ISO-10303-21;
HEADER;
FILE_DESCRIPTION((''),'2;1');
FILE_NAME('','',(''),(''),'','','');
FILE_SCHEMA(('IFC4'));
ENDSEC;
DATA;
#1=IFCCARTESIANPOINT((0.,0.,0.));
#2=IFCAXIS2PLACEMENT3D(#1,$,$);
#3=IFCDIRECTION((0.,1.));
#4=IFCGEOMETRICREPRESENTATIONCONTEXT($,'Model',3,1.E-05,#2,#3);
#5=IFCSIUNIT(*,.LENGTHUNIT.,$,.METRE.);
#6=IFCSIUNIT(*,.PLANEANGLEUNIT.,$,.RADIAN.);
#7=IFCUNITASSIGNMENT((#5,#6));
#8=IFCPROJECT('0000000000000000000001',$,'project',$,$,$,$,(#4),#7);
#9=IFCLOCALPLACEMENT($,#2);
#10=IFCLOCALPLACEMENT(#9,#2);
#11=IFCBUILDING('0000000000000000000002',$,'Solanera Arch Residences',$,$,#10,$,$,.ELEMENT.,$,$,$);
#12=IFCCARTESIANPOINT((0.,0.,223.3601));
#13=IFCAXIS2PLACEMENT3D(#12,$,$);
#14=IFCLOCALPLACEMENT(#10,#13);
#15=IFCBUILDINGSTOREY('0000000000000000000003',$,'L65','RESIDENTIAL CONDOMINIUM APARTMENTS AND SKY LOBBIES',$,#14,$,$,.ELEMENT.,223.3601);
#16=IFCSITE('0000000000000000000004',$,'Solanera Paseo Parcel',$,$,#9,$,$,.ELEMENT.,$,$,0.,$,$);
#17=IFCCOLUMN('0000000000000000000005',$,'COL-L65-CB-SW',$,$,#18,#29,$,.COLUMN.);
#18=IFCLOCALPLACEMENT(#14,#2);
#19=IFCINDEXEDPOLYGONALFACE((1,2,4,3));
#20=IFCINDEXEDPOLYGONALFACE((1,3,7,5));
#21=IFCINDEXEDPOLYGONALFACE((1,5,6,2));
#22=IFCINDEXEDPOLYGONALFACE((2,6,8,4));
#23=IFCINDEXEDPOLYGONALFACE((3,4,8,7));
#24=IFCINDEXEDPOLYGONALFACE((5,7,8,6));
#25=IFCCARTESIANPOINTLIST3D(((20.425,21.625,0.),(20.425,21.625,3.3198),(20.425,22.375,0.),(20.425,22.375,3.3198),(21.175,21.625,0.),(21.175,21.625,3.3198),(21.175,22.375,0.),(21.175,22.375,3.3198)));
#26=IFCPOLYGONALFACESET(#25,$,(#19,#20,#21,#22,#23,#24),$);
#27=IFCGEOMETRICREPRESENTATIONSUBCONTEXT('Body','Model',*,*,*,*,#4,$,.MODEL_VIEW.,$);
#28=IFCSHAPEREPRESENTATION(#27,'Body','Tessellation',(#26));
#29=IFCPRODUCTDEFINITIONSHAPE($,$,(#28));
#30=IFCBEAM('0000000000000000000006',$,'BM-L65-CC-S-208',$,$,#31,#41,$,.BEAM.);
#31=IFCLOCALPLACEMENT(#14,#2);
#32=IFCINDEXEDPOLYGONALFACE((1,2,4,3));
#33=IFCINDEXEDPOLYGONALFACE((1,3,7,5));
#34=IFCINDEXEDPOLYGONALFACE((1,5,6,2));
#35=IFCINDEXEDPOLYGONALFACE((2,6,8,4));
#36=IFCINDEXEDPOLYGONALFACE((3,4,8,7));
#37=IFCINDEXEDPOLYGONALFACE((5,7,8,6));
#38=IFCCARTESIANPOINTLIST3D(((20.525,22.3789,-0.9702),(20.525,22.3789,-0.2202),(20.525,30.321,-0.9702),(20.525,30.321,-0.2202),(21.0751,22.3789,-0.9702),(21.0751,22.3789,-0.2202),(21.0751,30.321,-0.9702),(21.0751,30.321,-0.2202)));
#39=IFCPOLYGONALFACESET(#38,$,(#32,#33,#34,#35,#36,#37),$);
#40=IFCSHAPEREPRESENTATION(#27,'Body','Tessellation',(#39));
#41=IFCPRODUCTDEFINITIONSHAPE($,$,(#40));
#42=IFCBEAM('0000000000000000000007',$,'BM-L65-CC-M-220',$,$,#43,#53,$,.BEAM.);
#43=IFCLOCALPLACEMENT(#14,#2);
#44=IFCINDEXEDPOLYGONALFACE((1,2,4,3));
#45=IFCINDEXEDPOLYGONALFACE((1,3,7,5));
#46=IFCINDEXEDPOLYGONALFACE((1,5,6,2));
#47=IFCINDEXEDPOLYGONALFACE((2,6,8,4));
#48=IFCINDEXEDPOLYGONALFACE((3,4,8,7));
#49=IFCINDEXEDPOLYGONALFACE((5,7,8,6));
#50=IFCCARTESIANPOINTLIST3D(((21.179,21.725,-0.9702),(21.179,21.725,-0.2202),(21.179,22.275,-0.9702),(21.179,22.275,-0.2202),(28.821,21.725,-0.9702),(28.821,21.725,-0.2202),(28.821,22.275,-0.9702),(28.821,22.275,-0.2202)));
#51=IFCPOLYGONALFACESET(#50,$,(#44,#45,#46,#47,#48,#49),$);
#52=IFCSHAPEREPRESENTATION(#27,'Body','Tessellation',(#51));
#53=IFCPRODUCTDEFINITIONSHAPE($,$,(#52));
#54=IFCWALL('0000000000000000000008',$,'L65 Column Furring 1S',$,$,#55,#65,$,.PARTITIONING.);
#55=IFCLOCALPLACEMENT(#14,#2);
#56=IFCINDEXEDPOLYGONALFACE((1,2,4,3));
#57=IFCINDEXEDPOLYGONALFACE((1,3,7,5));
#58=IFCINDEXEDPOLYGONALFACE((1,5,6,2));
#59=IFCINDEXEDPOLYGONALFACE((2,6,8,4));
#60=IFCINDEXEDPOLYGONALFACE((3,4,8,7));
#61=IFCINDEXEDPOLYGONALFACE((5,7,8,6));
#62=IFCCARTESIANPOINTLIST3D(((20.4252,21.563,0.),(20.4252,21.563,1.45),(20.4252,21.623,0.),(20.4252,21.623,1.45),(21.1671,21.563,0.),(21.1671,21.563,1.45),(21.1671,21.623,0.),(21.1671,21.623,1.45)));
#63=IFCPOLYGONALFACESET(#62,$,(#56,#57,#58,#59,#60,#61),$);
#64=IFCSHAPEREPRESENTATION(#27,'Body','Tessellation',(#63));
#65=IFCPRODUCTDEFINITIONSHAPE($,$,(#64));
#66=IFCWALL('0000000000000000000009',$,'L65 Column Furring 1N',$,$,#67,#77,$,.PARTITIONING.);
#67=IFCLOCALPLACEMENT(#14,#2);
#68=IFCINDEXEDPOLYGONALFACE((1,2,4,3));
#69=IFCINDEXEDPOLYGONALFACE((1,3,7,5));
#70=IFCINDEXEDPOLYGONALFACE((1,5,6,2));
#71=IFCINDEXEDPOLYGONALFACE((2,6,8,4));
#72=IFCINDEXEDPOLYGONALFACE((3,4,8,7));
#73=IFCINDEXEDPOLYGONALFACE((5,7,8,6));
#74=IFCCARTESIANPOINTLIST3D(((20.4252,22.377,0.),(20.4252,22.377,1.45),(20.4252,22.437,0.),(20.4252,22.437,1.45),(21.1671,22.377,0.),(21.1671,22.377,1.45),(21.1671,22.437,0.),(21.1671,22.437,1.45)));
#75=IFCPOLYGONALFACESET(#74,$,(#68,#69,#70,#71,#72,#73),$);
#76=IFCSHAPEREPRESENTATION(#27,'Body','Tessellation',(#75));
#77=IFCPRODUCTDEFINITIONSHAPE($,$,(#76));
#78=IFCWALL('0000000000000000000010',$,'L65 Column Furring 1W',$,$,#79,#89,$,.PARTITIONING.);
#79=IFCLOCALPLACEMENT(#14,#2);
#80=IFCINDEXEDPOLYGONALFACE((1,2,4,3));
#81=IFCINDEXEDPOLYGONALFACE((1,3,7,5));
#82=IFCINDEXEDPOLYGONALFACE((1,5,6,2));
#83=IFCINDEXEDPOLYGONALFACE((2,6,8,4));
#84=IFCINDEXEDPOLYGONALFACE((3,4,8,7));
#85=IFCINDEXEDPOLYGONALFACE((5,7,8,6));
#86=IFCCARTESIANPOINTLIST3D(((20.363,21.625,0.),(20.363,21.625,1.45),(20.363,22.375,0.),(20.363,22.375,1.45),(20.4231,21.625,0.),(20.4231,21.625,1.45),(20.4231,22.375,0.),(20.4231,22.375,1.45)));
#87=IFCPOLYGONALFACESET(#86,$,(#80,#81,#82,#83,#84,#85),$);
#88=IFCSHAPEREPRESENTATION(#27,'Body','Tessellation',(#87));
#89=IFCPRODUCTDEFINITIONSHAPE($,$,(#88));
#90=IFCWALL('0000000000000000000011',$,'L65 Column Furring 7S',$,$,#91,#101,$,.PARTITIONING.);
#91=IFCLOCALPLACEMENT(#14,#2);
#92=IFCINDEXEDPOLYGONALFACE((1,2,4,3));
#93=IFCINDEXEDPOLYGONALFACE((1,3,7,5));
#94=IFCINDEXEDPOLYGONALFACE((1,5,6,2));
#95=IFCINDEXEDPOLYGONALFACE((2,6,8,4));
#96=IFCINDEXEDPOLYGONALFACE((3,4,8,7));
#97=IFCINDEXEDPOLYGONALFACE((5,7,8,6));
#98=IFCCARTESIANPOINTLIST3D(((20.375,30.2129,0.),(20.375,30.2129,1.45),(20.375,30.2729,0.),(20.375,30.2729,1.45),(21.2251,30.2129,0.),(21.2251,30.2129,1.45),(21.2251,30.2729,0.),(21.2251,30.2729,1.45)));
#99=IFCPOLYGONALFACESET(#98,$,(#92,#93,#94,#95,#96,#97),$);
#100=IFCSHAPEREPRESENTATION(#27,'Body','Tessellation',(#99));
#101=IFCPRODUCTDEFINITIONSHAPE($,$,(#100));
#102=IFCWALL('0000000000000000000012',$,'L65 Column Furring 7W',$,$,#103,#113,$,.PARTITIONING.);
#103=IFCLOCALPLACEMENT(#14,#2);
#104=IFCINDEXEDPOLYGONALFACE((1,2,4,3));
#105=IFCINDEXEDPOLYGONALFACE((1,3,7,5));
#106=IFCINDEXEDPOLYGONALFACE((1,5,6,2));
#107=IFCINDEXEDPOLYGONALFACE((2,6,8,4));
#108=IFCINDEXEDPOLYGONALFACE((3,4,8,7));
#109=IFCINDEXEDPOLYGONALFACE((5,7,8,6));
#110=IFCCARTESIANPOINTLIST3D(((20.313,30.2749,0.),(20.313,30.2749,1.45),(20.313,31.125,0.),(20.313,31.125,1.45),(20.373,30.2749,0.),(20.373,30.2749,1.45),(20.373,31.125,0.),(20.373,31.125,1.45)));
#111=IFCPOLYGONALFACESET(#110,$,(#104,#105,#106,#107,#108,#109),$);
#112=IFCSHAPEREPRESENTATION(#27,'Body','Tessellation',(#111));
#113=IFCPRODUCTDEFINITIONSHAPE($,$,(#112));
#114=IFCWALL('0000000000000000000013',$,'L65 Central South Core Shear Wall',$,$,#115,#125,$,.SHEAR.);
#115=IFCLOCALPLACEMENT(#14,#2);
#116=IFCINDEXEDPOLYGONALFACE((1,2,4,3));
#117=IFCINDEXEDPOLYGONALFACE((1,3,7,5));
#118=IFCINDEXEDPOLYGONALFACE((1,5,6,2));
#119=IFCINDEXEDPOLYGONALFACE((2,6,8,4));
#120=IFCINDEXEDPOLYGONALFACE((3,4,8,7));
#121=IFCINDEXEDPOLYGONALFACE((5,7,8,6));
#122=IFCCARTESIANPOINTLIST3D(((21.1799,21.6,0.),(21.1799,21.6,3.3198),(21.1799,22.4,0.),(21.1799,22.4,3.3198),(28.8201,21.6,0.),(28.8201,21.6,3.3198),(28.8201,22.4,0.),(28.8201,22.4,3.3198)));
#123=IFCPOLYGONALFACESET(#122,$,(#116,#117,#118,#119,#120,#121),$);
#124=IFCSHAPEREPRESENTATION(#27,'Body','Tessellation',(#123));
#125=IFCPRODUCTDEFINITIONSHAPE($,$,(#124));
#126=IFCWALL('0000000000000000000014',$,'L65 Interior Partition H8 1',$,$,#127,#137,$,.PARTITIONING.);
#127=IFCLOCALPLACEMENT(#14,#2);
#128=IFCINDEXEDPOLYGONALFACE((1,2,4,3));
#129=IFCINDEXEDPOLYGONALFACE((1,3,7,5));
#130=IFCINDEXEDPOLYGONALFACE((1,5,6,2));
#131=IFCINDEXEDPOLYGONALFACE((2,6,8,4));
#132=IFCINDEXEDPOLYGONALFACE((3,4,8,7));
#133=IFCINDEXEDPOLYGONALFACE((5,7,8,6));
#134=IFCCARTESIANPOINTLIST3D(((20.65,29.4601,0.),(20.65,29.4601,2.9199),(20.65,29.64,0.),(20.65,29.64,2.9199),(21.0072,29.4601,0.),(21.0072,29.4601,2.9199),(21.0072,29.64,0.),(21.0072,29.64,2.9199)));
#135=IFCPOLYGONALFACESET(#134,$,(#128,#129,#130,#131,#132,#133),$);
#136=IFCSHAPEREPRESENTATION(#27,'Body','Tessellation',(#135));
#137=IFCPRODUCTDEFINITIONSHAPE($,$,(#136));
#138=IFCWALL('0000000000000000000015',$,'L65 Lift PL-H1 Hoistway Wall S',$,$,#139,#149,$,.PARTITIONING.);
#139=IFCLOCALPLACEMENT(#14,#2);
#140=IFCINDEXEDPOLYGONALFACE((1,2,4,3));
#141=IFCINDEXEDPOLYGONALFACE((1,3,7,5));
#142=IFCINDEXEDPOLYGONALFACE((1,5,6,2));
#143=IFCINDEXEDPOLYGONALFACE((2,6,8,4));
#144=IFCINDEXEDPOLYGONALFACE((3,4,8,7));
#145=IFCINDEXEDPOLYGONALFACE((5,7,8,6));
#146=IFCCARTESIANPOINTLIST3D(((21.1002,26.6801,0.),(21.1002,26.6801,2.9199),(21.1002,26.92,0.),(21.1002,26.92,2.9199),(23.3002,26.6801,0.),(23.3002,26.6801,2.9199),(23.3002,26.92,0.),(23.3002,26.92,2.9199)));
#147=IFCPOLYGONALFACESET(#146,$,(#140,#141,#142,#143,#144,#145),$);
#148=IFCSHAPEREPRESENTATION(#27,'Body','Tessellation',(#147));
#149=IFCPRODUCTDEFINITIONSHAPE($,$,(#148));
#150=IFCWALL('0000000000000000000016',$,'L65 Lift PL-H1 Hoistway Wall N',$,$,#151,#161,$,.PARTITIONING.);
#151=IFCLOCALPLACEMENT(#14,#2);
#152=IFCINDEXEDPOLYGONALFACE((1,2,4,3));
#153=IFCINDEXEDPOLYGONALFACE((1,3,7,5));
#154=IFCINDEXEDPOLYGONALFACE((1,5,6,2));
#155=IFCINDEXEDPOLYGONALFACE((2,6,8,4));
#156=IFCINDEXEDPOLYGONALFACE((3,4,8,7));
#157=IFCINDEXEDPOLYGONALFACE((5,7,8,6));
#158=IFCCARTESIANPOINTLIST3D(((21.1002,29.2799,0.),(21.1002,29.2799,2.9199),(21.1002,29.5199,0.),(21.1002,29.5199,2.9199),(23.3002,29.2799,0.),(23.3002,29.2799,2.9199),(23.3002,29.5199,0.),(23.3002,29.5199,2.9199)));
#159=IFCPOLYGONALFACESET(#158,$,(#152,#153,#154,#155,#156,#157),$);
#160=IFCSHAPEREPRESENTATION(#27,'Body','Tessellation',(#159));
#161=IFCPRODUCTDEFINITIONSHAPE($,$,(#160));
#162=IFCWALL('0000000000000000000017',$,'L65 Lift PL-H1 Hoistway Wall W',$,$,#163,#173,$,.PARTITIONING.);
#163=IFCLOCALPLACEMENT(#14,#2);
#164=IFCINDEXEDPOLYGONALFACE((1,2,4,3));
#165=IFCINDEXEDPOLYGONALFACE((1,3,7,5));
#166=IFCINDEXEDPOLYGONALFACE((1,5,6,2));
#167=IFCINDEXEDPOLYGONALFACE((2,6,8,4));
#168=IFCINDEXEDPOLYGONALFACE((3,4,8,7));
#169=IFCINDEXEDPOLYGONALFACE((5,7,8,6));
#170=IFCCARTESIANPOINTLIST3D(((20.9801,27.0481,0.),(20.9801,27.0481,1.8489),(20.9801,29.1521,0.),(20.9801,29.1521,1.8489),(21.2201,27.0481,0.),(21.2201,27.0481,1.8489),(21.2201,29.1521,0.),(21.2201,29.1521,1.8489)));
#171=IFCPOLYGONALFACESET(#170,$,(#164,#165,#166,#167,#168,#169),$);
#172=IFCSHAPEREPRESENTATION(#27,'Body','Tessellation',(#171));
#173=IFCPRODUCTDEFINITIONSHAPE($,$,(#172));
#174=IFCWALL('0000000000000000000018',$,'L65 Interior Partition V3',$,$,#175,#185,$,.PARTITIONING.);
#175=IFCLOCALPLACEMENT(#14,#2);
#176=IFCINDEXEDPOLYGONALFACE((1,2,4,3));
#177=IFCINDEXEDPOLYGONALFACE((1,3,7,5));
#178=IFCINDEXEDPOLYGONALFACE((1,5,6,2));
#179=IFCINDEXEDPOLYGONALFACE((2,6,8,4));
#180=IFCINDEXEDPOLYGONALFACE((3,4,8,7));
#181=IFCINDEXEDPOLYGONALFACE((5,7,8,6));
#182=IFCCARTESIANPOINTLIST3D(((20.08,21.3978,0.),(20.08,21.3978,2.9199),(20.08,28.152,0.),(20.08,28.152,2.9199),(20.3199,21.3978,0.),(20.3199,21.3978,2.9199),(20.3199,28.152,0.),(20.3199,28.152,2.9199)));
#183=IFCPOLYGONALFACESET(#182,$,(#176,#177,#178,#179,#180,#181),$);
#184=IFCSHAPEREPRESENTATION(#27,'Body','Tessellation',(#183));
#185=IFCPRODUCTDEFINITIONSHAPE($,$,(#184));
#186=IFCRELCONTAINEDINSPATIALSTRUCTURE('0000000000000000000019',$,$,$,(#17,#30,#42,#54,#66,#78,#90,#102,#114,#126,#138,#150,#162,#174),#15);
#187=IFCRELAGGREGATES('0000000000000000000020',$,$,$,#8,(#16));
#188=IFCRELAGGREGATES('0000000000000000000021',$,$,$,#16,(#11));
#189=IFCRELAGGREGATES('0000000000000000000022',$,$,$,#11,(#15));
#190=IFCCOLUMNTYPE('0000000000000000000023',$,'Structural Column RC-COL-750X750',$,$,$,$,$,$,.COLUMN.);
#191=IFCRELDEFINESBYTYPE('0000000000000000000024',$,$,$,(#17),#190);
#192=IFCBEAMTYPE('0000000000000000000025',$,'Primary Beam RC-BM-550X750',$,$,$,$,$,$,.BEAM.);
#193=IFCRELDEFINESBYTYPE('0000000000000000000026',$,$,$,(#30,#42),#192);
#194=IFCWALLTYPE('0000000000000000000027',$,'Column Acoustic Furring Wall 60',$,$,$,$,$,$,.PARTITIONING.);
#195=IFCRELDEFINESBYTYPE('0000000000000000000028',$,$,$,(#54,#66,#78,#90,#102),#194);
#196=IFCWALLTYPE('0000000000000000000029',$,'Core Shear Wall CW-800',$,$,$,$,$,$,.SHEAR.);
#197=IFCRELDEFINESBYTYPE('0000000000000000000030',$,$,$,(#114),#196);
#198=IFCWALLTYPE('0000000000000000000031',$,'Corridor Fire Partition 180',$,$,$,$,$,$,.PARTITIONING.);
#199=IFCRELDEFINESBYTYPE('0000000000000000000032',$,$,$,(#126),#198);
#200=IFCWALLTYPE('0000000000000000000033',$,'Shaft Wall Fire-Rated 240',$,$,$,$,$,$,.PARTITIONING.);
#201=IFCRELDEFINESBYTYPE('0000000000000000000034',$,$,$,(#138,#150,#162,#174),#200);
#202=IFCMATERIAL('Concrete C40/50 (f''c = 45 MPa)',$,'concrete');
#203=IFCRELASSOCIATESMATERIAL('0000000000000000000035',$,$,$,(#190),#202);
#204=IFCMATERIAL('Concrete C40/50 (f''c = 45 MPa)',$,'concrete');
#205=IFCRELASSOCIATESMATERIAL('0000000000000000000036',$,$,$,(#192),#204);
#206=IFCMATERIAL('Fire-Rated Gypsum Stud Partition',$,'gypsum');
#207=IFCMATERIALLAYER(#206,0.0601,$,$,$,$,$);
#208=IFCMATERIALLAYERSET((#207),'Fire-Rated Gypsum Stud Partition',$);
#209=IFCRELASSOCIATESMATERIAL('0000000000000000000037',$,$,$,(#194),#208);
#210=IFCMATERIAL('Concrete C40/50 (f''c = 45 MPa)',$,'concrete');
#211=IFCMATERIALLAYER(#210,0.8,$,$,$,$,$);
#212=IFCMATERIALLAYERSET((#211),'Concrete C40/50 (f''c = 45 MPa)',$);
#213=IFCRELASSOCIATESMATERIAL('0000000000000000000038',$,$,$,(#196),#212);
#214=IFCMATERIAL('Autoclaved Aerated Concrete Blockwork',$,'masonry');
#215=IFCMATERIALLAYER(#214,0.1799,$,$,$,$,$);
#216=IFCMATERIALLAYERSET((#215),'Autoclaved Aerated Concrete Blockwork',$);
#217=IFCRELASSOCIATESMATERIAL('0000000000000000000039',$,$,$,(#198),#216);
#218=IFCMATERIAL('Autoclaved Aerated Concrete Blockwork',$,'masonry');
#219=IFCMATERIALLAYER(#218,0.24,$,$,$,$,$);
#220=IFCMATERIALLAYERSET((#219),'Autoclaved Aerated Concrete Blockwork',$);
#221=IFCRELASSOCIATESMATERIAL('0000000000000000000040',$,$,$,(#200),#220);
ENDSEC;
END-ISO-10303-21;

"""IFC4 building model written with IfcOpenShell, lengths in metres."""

from ifc_helpers import new_model, si_unit, direction, frame, frame_2d, origin, origin_2d, place, context, subcontext, project, spatial, rectangle, extrude, material, layer, layer_set, material_profile, profile_set, type_object, element, save


model = new_model("IFC4")

# Units and contexts
model_context = context("Model", 3, precision=1e-05, world=origin(), true_north=direction((0.0, 1.0)))
body_context = subcontext(model_context, "Body", "Model", "MODEL_VIEW")
ifc_project = project(units=[si_unit("LENGTHUNIT", "METRE"), si_unit("PLANEANGLEUNIT", "RADIAN")], contexts=[model_context])

# Site, building, storey
site_placement = place(None, origin())
site = spatial("IfcSite", under=ifc_project, at=site_placement, Name="Solanera Paseo Parcel", CompositionType="ELEMENT", RefElevation=0.0)
building_placement = place(site_placement, origin())
building = spatial("IfcBuilding", under=site, at=building_placement, Name="Solanera Arch Residences", CompositionType="ELEMENT")
storey_placement = place(building_placement, frame((0.0, 0.0, 223.3601)))
storey = spatial("IfcBuildingStorey", under=building, at=storey_placement, Name="L65", Description="RESIDENTIAL CONDOMINIUM APARTMENTS AND SKY LOBBIES", CompositionType="ELEMENT", Elevation=223.3601)

# Column
ifc_material_1 = material(Name="Concrete C40/50 (f'c = 45 MPa)", Category="concrete")
ifc_material_profile_1 = material_profile(ifc_material_1, rectangle(XDim=0.75, YDim=0.75, at=origin_2d()))
ifc_profile_set_1 = profile_set([ifc_material_profile_1], Name="Concrete C40/50 (f'c = 45 MPa)")
column_type = type_object("IfcColumnType", Name="Structural Column RC-COL-750X750", PredefinedType="COLUMN", material=ifc_profile_set_1)
column_placement = place(storey_placement, frame((20.8, 22.0, 0.0), z_axis=(0.0, 0.0, 1.0), x_axis=(1.0, 0.0, 0.0)))
element("IfcColumn", 1, at=column_placement, inside=storey, type_object=column_type, Name="COL-L65-CB-SW", PredefinedType="COLUMN", context=body_context, shape_type="SweptSolid", body=[
    extrude(rectangle(XDim=0.75, YDim=0.75, at=origin_2d()), origin(), (0.0, 0.0, 1.0), 3.3198),
])

# Beams
ifc_material_2 = material(Name="Concrete C40/50 (f'c = 45 MPa)", Category="concrete")
ifc_material_profile_2 = material_profile(ifc_material_2, rectangle(XDim=0.55, YDim=0.75, at=origin_2d()))
ifc_profile_set_2 = profile_set([ifc_material_profile_2], Name="Concrete C40/50 (f'c = 45 MPa)")
beam_type = type_object("IfcBeamType", Name="Primary Beam RC-BM-550X750", PredefinedType="BEAM", material=ifc_profile_set_2)
beam_1_placement = place(storey_placement, frame((20.8, 22.3789, -0.5952), z_axis=(0.0, 1.0, 0.0), x_axis=(-1.0, 0.0, 0.0)))
element("IfcBeam", 2, at=beam_1_placement, inside=storey, type_object=beam_type, Name="BM-L65-CC-S-208", PredefinedType="BEAM", context=body_context, shape_type="SweptSolid", body=[
    extrude(rectangle(XDim=0.55, YDim=0.75, at=origin_2d()), origin(), (0.0, 0.0, 1.0), 7.9421),
])
beam_2_placement = place(storey_placement, frame((21.179, 22.0, -0.5952), z_axis=(1.0, 0.0, 0.0), x_axis=(0.0, 1.0, 0.0)))
element("IfcBeam", 3, at=beam_2_placement, inside=storey, type_object=beam_type, Name="BM-L65-CC-M-220", PredefinedType="BEAM", context=body_context, shape_type="SweptSolid", body=[
    extrude(rectangle(XDim=0.55, YDim=0.75, at=origin_2d()), origin(), (0.0, 0.0, 1.0), 7.6421),
])

# Walls
ifc_material_3 = material(Name="Fire-Rated Gypsum Stud Partition", Category="gypsum")
ifc_layer_1 = layer(ifc_material_3, 0.0601)
ifc_layer_set_1 = layer_set([ifc_layer_1], Name="Fire-Rated Gypsum Stud Partition")
wall_type_1 = type_object("IfcWallType", Name="Column Acoustic Furring Wall 60", PredefinedType="PARTITIONING", material=ifc_layer_set_1)
for number, where, z_axis, x_axis, name in (
    (4, (20.425, 21.593, 0.0), (0.0, 0.0, 1.0), (1.0, 0.0, 0.0), "L65 Column Furring 1S"),
    (5, (20.425, 22.407, 0.0), (0.0, 0.0, 1.0), (1.0, 0.0, 0.0), "L65 Column Furring 1N"),
):
    element("IfcWall", number, at=place(storey_placement, frame(where, z_axis=z_axis, x_axis=x_axis)), inside=storey, type_object=wall_type_1, Name=name, PredefinedType="PARTITIONING", context=body_context, shape_type="SweptSolid", body=[
        extrude(rectangle(XDim=0.7419, YDim=0.0601, at=frame_2d((0.3711, 0.0))), origin(), (0.0, 0.0, 1.0), 1.45),
    ])
wall_1_placement = place(storey_placement, frame((20.3931, 21.625, 0.0), z_axis=(0.0, 0.0, 1.0), x_axis=(0.0, 1.0, 0.0)))
element("IfcWall", 6, at=wall_1_placement, inside=storey, type_object=wall_type_1, Name="L65 Column Furring 1W", PredefinedType="PARTITIONING", context=body_context, shape_type="SweptSolid", body=[
    extrude(rectangle(XDim=0.75, YDim=0.0601, at=frame_2d((0.375, 0.0))), origin(), (0.0, 0.0, 1.0), 1.45),
])
for number, where, z_axis, x_axis, name in (
    (7, (20.375, 30.2429, 0.0), (0.0, 0.0, 1.0), (1.0, 0.0, 0.0), "L65 Column Furring 7S"),
    (8, (20.343, 30.2749, 0.0), (0.0, 0.0, 1.0), (0.0, 1.0, 0.0), "L65 Column Furring 7W"),
):
    element("IfcWall", number, at=place(storey_placement, frame(where, z_axis=z_axis, x_axis=x_axis)), inside=storey, type_object=wall_type_1, Name=name, PredefinedType="PARTITIONING", context=body_context, shape_type="SweptSolid", body=[
        extrude(rectangle(XDim=0.8501, YDim=0.0601, at=frame_2d((0.425, 0.0))), origin(), (0.0, 0.0, 1.0), 1.45),
    ])

# Walls
ifc_material_4 = material(Name="Concrete C40/50 (f'c = 45 MPa)", Category="concrete")
ifc_layer_2 = layer(ifc_material_4, 0.8)
ifc_layer_set_2 = layer_set([ifc_layer_2], Name="Concrete C40/50 (f'c = 45 MPa)")
wall_type_2 = type_object("IfcWallType", Name="Core Shear Wall CW-800", PredefinedType="SHEAR", material=ifc_layer_set_2)
wall_2_placement = place(storey_placement, frame((21.1799, 22.0, 0.0), z_axis=(0.0, 0.0, 1.0), x_axis=(1.0, 0.0, 0.0)))
element("IfcWall", 9, at=wall_2_placement, inside=storey, type_object=wall_type_2, Name="L65 Central South Core Shear Wall", PredefinedType="SHEAR", context=body_context, shape_type="SweptSolid", body=[
    extrude(rectangle(XDim=7.6401, YDim=0.8, at=frame_2d((3.8201, 0.0))), origin(), (0.0, 0.0, 1.0), 3.3198),
])
ifc_material_5 = material(Name="Autoclaved Aerated Concrete Blockwork", Category="masonry")
ifc_layer_3 = layer(ifc_material_5, 0.1799)
ifc_layer_set_3 = layer_set([ifc_layer_3], Name="Autoclaved Aerated Concrete Blockwork")
wall_type_3 = type_object("IfcWallType", Name="Corridor Fire Partition 180", PredefinedType="PARTITIONING", material=ifc_layer_set_3)
wall_3_placement = place(storey_placement, frame((20.6499, 29.55, 0.0), z_axis=(0.0, 0.0, 1.0), x_axis=(1.0, 0.0, 0.0)))
element("IfcWall", 10, at=wall_3_placement, inside=storey, type_object=wall_type_3, Name="L65 Interior Partition H8 1", PredefinedType="PARTITIONING", context=body_context, shape_type="SweptSolid", body=[
    extrude(rectangle(XDim=0.3572, YDim=0.1799, at=frame_2d((0.1787, 0.0))), origin(), (0.0, 0.0, 1.0), 2.9199),
])
ifc_material_6 = material(Name="Autoclaved Aerated Concrete Blockwork", Category="masonry")
ifc_layer_4 = layer(ifc_material_6, 0.24)
ifc_layer_set_4 = layer_set([ifc_layer_4], Name="Autoclaved Aerated Concrete Blockwork")
wall_type_4 = type_object("IfcWallType", Name="Shaft Wall Fire-Rated 240", PredefinedType="PARTITIONING", material=ifc_layer_set_4)
for number, where, z_axis, x_axis, name in (
    (11, (21.1001, 26.8, 0.0), (0.0, 0.0, 1.0), (1.0, 0.0, 0.0), "L65 Lift PL-H1 Hoistway Wall S"),
    (12, (21.1001, 29.3999, 0.0), (0.0, 0.0, 1.0), (1.0, 0.0, 0.0), "L65 Lift PL-H1 Hoistway Wall N"),
):
    element("IfcWall", number, at=place(storey_placement, frame(where, z_axis=z_axis, x_axis=x_axis)), inside=storey, type_object=wall_type_4, Name=name, PredefinedType="PARTITIONING", context=body_context, shape_type="SweptSolid", body=[
        extrude(rectangle(XDim=2.2, YDim=0.24, at=frame_2d((1.1001, 0.0))), origin(), (0.0, 0.0, 1.0), 2.9199),
    ])
wall_4_placement = place(storey_placement, frame((21.1001, 27.0481, 0.0), z_axis=(0.0, 0.0, 1.0), x_axis=(0.0, 1.0, 0.0)))
element("IfcWall", 13, at=wall_4_placement, inside=storey, type_object=wall_type_4, Name="L65 Lift PL-H1 Hoistway Wall W", PredefinedType="PARTITIONING", context=body_context, shape_type="SweptSolid", body=[
    extrude(rectangle(XDim=2.104, YDim=0.24, at=frame_2d((1.052, 0.0))), origin(), (0.0, 0.0, 1.0), 1.8489),
])

# Wall
wall_5_placement = place(storey_placement, frame((20.2, 21.3979, 0.0), z_axis=(0.0, 0.0, 1.0), x_axis=(0.0, 1.0, 0.0)))
element("IfcWall", 14, at=wall_5_placement, inside=storey, type_object=wall_type_4, Name="L65 Interior Partition V3", PredefinedType="PARTITIONING", context=body_context, shape_type="SweptSolid", body=[
    extrude(rectangle(XDim=6.7542, YDim=0.24, at=frame_2d((3.377, 0.0))), origin(), (0.0, 0.0, 1.0), 2.9199),
])

save(model, "model.ifc")
